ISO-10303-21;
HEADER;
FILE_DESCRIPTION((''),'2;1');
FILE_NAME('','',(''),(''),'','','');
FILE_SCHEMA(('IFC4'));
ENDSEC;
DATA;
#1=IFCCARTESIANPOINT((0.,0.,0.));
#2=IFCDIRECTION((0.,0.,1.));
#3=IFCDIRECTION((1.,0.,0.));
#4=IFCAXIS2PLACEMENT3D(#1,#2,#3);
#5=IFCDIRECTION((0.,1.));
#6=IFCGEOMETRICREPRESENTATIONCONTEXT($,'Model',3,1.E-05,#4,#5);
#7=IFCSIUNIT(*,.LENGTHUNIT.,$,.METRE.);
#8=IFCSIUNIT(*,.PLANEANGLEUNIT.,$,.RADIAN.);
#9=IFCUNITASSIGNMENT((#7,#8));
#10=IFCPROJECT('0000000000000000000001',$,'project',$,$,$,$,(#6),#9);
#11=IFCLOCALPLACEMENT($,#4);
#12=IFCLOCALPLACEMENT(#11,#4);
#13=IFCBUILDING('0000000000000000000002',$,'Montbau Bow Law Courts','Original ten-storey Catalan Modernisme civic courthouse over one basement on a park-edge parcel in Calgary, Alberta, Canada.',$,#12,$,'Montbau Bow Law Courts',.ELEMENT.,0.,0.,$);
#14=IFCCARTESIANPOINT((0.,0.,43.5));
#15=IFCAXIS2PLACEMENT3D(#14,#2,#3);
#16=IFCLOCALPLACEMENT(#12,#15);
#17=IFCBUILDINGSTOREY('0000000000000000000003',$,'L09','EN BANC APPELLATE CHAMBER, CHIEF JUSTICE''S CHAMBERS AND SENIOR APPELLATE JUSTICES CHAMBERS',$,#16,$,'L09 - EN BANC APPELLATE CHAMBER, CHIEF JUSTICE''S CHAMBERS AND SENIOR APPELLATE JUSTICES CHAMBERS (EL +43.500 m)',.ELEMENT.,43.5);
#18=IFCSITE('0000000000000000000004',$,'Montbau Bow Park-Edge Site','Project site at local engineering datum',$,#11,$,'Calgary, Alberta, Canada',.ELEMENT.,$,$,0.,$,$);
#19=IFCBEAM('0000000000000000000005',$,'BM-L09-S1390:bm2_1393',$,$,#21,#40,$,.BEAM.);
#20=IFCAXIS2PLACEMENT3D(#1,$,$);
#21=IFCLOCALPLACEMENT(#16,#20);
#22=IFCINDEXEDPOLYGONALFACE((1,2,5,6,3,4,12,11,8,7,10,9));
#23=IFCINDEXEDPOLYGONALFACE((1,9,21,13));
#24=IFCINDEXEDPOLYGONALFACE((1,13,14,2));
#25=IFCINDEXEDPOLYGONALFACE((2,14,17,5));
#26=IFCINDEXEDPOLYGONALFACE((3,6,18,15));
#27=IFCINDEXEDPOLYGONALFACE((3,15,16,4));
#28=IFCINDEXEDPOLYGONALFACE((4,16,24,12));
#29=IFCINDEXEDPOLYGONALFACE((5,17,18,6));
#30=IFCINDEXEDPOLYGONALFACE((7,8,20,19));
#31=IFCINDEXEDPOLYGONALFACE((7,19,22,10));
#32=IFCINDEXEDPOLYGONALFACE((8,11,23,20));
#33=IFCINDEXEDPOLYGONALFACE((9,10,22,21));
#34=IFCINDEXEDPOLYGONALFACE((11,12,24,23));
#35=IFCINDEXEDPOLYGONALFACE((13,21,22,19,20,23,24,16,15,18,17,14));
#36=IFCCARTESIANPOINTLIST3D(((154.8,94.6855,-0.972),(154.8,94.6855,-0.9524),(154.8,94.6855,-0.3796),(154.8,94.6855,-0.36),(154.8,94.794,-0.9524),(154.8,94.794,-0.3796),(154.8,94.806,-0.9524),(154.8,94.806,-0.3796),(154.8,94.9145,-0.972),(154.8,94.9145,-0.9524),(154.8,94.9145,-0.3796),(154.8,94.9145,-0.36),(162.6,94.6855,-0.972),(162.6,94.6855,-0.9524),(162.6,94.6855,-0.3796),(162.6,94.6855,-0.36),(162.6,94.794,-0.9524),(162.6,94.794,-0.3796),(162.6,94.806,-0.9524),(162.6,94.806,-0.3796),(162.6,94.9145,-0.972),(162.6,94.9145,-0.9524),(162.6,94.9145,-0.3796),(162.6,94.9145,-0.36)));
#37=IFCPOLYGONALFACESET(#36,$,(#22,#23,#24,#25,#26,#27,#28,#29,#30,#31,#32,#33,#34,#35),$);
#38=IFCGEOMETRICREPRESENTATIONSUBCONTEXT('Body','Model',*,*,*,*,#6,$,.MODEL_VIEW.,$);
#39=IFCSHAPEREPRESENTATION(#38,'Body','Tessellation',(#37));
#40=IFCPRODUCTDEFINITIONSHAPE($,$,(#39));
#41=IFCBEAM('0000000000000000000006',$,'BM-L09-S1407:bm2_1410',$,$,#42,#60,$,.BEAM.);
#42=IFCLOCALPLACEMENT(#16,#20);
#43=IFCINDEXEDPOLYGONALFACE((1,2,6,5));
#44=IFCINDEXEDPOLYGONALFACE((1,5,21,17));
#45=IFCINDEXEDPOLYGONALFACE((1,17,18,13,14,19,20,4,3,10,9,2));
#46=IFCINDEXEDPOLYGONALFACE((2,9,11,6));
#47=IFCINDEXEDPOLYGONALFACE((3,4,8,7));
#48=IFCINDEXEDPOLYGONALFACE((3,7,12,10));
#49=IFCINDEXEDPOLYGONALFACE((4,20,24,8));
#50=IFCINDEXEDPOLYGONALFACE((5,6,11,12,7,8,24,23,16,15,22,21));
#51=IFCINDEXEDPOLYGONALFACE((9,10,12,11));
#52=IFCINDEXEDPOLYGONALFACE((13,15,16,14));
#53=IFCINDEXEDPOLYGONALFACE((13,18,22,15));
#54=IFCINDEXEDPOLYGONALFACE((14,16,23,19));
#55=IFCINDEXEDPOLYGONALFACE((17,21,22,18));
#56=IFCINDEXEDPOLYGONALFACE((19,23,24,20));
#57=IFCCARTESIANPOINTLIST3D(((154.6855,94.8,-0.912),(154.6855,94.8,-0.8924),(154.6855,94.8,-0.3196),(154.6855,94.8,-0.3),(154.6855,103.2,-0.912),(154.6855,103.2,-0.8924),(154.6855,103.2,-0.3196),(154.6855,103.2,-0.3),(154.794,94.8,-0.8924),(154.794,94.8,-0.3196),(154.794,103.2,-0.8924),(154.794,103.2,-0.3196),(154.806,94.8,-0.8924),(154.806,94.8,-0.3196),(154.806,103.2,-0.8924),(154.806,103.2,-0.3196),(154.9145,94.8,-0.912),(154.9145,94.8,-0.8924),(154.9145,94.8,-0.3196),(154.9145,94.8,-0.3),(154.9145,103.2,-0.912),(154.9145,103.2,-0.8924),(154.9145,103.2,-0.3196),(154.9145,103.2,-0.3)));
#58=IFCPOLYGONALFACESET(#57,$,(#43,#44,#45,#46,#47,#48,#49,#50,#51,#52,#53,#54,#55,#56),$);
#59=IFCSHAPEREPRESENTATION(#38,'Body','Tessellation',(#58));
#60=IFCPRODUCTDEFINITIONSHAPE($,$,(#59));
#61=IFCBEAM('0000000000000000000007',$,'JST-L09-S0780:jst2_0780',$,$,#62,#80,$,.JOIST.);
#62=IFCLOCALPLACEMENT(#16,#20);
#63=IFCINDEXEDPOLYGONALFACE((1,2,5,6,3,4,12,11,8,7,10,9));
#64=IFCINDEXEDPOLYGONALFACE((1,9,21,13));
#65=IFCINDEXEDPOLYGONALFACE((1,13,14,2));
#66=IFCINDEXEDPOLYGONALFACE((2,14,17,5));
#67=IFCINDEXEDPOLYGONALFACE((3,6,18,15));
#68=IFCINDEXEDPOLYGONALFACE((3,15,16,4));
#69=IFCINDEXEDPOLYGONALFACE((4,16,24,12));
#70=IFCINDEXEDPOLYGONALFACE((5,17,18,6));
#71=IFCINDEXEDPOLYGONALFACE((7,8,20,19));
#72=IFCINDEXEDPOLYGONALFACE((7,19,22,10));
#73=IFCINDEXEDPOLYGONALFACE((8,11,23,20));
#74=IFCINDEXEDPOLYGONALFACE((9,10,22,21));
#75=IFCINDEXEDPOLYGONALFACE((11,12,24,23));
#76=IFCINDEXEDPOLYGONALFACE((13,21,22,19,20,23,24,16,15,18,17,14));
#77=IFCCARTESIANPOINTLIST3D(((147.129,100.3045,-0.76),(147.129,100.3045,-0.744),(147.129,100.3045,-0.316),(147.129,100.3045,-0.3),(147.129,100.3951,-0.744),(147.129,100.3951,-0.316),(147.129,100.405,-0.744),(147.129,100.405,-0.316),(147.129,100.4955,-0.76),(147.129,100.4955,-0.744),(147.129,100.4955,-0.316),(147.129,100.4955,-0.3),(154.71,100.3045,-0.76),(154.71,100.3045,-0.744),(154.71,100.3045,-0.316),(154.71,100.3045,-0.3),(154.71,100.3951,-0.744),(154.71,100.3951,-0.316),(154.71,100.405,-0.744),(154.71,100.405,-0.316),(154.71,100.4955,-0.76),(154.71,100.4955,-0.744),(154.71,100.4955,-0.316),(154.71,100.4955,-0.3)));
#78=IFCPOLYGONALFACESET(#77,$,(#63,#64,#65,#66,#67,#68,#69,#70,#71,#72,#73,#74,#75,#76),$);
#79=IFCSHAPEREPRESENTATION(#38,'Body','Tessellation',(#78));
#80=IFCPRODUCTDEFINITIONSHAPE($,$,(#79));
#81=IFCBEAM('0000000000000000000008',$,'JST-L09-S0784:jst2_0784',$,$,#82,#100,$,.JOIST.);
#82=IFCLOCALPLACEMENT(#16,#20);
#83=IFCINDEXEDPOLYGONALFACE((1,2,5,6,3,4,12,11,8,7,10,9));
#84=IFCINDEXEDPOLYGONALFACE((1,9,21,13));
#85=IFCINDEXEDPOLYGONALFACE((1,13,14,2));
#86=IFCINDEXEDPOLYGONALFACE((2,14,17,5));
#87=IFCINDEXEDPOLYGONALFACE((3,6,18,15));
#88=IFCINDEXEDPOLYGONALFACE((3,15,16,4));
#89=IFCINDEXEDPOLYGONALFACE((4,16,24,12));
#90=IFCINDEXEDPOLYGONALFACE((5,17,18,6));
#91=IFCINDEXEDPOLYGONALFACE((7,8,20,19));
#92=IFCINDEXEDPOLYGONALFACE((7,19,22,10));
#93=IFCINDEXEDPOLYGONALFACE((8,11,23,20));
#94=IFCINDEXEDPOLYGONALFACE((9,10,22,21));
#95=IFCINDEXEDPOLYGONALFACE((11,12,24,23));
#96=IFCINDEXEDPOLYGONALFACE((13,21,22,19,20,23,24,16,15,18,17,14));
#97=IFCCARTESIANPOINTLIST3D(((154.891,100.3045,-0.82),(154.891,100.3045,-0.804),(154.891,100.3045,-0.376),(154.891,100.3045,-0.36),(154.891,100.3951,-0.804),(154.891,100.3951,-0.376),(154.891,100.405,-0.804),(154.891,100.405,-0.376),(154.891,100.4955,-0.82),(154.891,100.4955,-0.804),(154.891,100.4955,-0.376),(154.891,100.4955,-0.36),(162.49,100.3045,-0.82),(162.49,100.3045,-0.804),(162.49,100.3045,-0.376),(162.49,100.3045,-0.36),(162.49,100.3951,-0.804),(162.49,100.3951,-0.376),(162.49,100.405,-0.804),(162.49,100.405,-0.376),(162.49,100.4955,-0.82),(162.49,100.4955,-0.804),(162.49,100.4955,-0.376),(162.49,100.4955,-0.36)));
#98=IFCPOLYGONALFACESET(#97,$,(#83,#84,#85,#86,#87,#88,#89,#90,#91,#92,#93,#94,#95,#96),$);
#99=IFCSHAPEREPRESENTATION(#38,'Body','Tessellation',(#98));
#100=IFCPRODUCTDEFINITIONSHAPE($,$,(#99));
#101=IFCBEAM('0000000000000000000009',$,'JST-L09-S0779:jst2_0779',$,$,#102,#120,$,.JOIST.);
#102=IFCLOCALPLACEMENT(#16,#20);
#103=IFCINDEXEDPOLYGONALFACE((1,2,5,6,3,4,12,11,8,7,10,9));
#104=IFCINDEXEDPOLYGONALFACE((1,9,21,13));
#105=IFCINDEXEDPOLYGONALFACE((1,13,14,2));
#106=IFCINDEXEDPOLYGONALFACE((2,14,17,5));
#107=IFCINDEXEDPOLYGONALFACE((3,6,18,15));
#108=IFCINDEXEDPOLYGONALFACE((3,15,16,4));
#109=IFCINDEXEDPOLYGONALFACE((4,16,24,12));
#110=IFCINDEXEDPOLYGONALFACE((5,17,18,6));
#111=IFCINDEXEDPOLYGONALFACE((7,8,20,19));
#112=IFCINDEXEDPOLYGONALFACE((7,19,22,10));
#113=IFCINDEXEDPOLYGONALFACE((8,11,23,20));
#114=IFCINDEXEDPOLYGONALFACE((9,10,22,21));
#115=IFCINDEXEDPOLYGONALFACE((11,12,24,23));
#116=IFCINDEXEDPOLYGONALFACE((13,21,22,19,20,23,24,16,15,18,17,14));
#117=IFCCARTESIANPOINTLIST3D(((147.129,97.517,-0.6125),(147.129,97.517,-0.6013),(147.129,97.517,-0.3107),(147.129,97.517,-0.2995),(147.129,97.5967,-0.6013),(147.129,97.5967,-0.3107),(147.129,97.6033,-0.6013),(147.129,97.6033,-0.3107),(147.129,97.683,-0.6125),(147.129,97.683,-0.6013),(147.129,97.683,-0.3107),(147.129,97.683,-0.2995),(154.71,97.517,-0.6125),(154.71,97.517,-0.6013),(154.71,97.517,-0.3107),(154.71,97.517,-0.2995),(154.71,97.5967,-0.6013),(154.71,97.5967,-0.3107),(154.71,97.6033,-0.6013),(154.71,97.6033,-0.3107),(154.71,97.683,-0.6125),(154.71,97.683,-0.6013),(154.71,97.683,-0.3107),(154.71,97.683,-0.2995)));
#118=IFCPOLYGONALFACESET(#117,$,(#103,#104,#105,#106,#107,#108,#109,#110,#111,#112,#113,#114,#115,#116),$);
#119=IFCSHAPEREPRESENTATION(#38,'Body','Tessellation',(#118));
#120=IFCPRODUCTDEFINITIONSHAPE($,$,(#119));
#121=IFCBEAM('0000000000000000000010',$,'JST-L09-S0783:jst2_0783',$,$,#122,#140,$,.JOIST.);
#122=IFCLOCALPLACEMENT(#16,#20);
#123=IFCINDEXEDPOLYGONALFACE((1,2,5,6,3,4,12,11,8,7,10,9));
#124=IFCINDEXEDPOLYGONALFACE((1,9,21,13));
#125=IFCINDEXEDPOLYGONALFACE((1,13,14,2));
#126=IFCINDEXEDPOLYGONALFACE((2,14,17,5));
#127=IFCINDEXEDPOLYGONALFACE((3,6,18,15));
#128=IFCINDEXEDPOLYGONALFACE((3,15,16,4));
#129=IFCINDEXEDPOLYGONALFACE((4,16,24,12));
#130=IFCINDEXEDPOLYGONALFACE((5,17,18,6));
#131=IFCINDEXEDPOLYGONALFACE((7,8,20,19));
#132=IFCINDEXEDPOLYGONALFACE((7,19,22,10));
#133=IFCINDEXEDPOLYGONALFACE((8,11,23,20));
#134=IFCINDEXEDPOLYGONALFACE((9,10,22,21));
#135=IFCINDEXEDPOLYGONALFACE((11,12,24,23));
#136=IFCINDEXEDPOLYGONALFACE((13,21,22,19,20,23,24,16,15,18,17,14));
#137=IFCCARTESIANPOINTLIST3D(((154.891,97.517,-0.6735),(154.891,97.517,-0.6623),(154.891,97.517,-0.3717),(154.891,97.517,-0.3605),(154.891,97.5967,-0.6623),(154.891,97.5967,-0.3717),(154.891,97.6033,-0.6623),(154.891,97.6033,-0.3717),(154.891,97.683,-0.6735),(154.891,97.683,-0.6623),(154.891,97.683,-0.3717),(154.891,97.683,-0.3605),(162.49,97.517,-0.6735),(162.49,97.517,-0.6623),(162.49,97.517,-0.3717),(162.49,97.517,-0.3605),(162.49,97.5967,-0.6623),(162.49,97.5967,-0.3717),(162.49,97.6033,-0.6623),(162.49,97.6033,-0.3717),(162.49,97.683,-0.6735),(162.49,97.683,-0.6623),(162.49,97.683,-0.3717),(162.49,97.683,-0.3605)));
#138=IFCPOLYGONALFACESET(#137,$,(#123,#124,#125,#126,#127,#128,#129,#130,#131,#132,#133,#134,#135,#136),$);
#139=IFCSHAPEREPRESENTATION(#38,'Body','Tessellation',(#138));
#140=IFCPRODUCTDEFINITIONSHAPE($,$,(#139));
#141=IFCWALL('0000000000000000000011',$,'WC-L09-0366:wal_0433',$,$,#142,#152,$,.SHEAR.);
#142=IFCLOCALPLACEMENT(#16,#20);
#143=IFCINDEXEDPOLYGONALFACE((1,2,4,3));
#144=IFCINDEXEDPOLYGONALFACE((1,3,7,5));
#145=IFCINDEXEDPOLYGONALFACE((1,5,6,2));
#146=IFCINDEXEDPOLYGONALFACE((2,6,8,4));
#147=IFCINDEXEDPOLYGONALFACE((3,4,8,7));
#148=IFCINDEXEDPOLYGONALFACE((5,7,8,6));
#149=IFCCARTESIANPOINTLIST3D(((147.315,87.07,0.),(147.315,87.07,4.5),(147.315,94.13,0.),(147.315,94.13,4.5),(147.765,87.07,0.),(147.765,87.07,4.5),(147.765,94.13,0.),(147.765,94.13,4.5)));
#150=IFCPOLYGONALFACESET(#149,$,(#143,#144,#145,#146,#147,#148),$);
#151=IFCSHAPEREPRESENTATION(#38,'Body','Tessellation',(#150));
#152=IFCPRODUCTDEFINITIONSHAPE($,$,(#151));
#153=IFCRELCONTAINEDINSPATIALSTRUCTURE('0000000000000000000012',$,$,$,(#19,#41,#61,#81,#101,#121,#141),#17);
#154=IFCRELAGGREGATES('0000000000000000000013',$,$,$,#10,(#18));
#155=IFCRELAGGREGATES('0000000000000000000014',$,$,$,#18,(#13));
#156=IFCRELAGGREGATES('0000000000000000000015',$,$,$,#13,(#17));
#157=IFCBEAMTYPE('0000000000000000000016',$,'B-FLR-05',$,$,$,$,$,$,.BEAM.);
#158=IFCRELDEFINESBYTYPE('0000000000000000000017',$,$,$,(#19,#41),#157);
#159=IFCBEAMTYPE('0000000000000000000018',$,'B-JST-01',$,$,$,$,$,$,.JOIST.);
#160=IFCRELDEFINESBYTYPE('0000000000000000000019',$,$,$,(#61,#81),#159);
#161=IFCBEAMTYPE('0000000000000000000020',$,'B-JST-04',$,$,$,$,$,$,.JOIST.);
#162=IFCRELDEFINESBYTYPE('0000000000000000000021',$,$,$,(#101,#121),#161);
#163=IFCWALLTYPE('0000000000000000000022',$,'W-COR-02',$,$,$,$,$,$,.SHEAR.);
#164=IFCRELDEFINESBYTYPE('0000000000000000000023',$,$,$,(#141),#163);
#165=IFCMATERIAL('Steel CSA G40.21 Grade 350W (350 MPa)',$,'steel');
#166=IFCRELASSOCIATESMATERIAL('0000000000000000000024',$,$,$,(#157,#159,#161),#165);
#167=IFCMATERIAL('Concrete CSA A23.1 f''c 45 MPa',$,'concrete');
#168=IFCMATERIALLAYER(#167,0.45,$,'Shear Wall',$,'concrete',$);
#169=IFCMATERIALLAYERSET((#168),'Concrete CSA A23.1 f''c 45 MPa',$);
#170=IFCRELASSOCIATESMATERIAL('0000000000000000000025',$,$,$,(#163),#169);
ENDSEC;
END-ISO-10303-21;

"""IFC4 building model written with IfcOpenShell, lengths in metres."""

from ifc_helpers import new_model, si_unit, direction, frame, frame_2d, origin_with_axes, origin_2d_with_axis, place, context, subcontext, project, spatial, rectangle, i_section, extrude, material, layer, layer_set, material_profile, profile_set, type_object, element, save


model = new_model("IFC4")

# Units and contexts
model_context = context("Model", 3, precision=1e-05, world=origin_with_axes(), true_north=direction((0.0, 1.0)))
body_context = subcontext(model_context, "Body", "Model", "MODEL_VIEW")
ifc_project = project(units=[si_unit("LENGTHUNIT", "METRE"), si_unit("PLANEANGLEUNIT", "RADIAN")], contexts=[model_context])

# Site, building, storey
site_placement = place(None, origin_with_axes())
site = spatial("IfcSite", under=ifc_project, at=site_placement, Name="Montbau Bow Park-Edge Site", Description="Project site at local engineering datum", LongName="Calgary, Alberta, Canada", CompositionType="ELEMENT", RefElevation=0.0)
building_placement = place(site_placement, origin_with_axes())
building = spatial("IfcBuilding", under=site, at=building_placement, Name="Montbau Bow Law Courts", Description="Original ten-storey Catalan Modernisme civic courthouse over one basement on a park-edge parcel in Calgary, Alberta, Canada.", LongName="Montbau Bow Law Courts", CompositionType="ELEMENT", ElevationOfRefHeight=0.0, ElevationOfTerrain=0.0)
storey_placement = place(building_placement, frame((0.0, 0.0, 43.5), z_axis=(0.0, 0.0, 1.0), x_axis=(1.0, 0.0, 0.0)))
storey = spatial("IfcBuildingStorey", under=building, at=storey_placement, Name="L09", Description="EN BANC APPELLATE CHAMBER, CHIEF JUSTICE'S CHAMBERS AND SENIOR APPELLATE JUSTICES CHAMBERS", LongName="L09 - EN BANC APPELLATE CHAMBER, CHIEF JUSTICE'S CHAMBERS AND SENIOR APPELLATE JUSTICES CHAMBERS (EL +43.500 m)", CompositionType="ELEMENT", Elevation=43.5)

# Shared definitions
ifc_material_1 = material(Name="Steel CSA G40.21 Grade 350W (350 MPa)", Category="steel")

# Beams
ifc_material_profile_1 = material_profile(ifc_material_1, i_section(OverallWidth=0.229, OverallDepth=0.612, WebThickness=0.0119, FlangeThickness=0.0196, at=origin_2d_with_axis()), Name="W610X125", Category="Main", Priority=0)
ifc_profile_set_1 = profile_set([ifc_material_profile_1], Name="Steel CSA G40.21 Grade 350W (350 MPa)")
beam_type_1 = type_object("IfcBeamType", Name="B-FLR-05", PredefinedType="BEAM", material=ifc_profile_set_1)
beam_1_placement = place(None, frame((154.8, 94.8, 42.834), z_axis=(1.0, 0.0, 0.0), x_axis=(0.0, 1.0, 0.0)))
element("IfcBeam", 1, at=beam_1_placement, inside=storey, type_object=beam_type_1, Name="BM-L09-S1390:bm2_1393", PredefinedType="BEAM", context=body_context, shape_type="SweptSolid", body=[
    extrude(i_section(OverallWidth=0.229, OverallDepth=0.612, WebThickness=0.0119, FlangeThickness=0.0196, at=origin_2d_with_axis()), origin_with_axes(), (0.0, 0.0, 1.0), 7.8),
])
beam_2_placement = place(None, frame((154.8, 94.8, 42.894), z_axis=(0.0, 1.0, 0.0), x_axis=(-1.0, 0.0, 0.0)))
element("IfcBeam", 2, at=beam_2_placement, inside=storey, type_object=beam_type_1, Name="BM-L09-S1407:bm2_1410", PredefinedType="BEAM", context=body_context, shape_type="SweptSolid", body=[
    extrude(i_section(OverallWidth=0.229, OverallDepth=0.612, WebThickness=0.0119, FlangeThickness=0.0196, at=origin_2d_with_axis()), origin_with_axes(), (0.0, 0.0, 1.0), 8.4),
])
ifc_material_profile_2 = material_profile(ifc_material_1, i_section(OverallWidth=0.191, OverallDepth=0.46, WebThickness=0.0099, FlangeThickness=0.016, at=origin_2d_with_axis()), Name="W460X82", Category="Main", Priority=0)
ifc_profile_set_2 = profile_set([ifc_material_profile_2], Name="Steel CSA G40.21 Grade 350W (350 MPa)")
beam_type_2 = type_object("IfcBeamType", Name="B-JST-01", PredefinedType="JOIST", material=ifc_profile_set_2)
beam_3_placement = place(None, frame((147.129, 100.4, 42.97), z_axis=(1.0, 0.0, 0.0), x_axis=(0.0, 1.0, 0.0)))
element("IfcBeam", 3, at=beam_3_placement, inside=storey, type_object=beam_type_2, Name="JST-L09-S0780:jst2_0780", PredefinedType="JOIST", context=body_context, shape_type="SweptSolid", body=[
    extrude(i_section(OverallWidth=0.191, OverallDepth=0.46, WebThickness=0.0099, FlangeThickness=0.016, at=origin_2d_with_axis()), origin_with_axes(), (0.0, 0.0, 1.0), 7.581),
])
beam_4_placement = place(None, frame((154.891, 100.4, 42.91), z_axis=(1.0, 0.0, 0.0), x_axis=(0.0, 1.0, 0.0)))
element("IfcBeam", 4, at=beam_4_placement, inside=storey, type_object=beam_type_2, Name="JST-L09-S0784:jst2_0784", PredefinedType="JOIST", context=body_context, shape_type="SweptSolid", body=[
    extrude(i_section(OverallWidth=0.191, OverallDepth=0.46, WebThickness=0.0099, FlangeThickness=0.016, at=origin_2d_with_axis()), origin_with_axes(), (0.0, 0.0, 1.0), 7.599),
])
ifc_material_profile_3 = material_profile(ifc_material_1, i_section(OverallWidth=0.166, OverallDepth=0.313, WebThickness=0.0066, FlangeThickness=0.0112, at=origin_2d_with_axis()), Name="W310X45", Category="Main", Priority=0)
ifc_profile_set_3 = profile_set([ifc_material_profile_3], Name="Steel CSA G40.21 Grade 350W (350 MPa)")
beam_type_3 = type_object("IfcBeamType", Name="B-JST-04", PredefinedType="JOIST", material=ifc_profile_set_3)
beam_5_placement = place(None, frame((147.129, 97.6, 43.044), z_axis=(1.0, 0.0, 0.0), x_axis=(0.0, 1.0, 0.0)))
element("IfcBeam", 5, at=beam_5_placement, inside=storey, type_object=beam_type_3, Name="JST-L09-S0779:jst2_0779", PredefinedType="JOIST", context=body_context, shape_type="SweptSolid", body=[
    extrude(i_section(OverallWidth=0.166, OverallDepth=0.313, WebThickness=0.0066, FlangeThickness=0.0112, at=origin_2d_with_axis()), origin_with_axes(), (0.0, 0.0, 1.0), 7.581),
])
beam_6_placement = place(None, frame((154.891, 97.6, 42.983), z_axis=(1.0, 0.0, 0.0), x_axis=(0.0, 1.0, 0.0)))
element("IfcBeam", 6, at=beam_6_placement, inside=storey, type_object=beam_type_3, Name="JST-L09-S0783:jst2_0783", PredefinedType="JOIST", context=body_context, shape_type="SweptSolid", body=[
    extrude(i_section(OverallWidth=0.166, OverallDepth=0.313, WebThickness=0.0066, FlangeThickness=0.0112, at=origin_2d_with_axis()), origin_with_axes(), (0.0, 0.0, 1.0), 7.599),
])

# Wall
ifc_material_2 = material(Name="Concrete CSA A23.1 f'c 45 MPa", Category="concrete")
ifc_layer_1 = layer(ifc_material_2, 0.45, Name="Shear Wall", Category="concrete")
ifc_layer_set_1 = layer_set([ifc_layer_1], Name="Concrete CSA A23.1 f'c 45 MPa")
wall_type_1 = type_object("IfcWallType", Name="W-COR-02", PredefinedType="SHEAR", material=ifc_layer_set_1)
wall_1_placement = place(None, frame((147.54, 94.13, 43.5), z_axis=(0.0, 0.0, 1.0), x_axis=(0.0, -1.0, 0.0)))
element("IfcWall", 7, at=wall_1_placement, inside=storey, type_object=wall_type_1, Name="WC-L09-0366:wal_0433", PredefinedType="SHEAR", context=body_context, shape_type="SweptSolid", body=[
    extrude(rectangle(XDim=7.06, YDim=0.45, at=frame_2d((3.53, 0.0), x_axis=(1.0, 0.0))), origin_with_axes(), (0.0, 0.0, 1.0), 4.5),
])

save(model, "model.ifc")
